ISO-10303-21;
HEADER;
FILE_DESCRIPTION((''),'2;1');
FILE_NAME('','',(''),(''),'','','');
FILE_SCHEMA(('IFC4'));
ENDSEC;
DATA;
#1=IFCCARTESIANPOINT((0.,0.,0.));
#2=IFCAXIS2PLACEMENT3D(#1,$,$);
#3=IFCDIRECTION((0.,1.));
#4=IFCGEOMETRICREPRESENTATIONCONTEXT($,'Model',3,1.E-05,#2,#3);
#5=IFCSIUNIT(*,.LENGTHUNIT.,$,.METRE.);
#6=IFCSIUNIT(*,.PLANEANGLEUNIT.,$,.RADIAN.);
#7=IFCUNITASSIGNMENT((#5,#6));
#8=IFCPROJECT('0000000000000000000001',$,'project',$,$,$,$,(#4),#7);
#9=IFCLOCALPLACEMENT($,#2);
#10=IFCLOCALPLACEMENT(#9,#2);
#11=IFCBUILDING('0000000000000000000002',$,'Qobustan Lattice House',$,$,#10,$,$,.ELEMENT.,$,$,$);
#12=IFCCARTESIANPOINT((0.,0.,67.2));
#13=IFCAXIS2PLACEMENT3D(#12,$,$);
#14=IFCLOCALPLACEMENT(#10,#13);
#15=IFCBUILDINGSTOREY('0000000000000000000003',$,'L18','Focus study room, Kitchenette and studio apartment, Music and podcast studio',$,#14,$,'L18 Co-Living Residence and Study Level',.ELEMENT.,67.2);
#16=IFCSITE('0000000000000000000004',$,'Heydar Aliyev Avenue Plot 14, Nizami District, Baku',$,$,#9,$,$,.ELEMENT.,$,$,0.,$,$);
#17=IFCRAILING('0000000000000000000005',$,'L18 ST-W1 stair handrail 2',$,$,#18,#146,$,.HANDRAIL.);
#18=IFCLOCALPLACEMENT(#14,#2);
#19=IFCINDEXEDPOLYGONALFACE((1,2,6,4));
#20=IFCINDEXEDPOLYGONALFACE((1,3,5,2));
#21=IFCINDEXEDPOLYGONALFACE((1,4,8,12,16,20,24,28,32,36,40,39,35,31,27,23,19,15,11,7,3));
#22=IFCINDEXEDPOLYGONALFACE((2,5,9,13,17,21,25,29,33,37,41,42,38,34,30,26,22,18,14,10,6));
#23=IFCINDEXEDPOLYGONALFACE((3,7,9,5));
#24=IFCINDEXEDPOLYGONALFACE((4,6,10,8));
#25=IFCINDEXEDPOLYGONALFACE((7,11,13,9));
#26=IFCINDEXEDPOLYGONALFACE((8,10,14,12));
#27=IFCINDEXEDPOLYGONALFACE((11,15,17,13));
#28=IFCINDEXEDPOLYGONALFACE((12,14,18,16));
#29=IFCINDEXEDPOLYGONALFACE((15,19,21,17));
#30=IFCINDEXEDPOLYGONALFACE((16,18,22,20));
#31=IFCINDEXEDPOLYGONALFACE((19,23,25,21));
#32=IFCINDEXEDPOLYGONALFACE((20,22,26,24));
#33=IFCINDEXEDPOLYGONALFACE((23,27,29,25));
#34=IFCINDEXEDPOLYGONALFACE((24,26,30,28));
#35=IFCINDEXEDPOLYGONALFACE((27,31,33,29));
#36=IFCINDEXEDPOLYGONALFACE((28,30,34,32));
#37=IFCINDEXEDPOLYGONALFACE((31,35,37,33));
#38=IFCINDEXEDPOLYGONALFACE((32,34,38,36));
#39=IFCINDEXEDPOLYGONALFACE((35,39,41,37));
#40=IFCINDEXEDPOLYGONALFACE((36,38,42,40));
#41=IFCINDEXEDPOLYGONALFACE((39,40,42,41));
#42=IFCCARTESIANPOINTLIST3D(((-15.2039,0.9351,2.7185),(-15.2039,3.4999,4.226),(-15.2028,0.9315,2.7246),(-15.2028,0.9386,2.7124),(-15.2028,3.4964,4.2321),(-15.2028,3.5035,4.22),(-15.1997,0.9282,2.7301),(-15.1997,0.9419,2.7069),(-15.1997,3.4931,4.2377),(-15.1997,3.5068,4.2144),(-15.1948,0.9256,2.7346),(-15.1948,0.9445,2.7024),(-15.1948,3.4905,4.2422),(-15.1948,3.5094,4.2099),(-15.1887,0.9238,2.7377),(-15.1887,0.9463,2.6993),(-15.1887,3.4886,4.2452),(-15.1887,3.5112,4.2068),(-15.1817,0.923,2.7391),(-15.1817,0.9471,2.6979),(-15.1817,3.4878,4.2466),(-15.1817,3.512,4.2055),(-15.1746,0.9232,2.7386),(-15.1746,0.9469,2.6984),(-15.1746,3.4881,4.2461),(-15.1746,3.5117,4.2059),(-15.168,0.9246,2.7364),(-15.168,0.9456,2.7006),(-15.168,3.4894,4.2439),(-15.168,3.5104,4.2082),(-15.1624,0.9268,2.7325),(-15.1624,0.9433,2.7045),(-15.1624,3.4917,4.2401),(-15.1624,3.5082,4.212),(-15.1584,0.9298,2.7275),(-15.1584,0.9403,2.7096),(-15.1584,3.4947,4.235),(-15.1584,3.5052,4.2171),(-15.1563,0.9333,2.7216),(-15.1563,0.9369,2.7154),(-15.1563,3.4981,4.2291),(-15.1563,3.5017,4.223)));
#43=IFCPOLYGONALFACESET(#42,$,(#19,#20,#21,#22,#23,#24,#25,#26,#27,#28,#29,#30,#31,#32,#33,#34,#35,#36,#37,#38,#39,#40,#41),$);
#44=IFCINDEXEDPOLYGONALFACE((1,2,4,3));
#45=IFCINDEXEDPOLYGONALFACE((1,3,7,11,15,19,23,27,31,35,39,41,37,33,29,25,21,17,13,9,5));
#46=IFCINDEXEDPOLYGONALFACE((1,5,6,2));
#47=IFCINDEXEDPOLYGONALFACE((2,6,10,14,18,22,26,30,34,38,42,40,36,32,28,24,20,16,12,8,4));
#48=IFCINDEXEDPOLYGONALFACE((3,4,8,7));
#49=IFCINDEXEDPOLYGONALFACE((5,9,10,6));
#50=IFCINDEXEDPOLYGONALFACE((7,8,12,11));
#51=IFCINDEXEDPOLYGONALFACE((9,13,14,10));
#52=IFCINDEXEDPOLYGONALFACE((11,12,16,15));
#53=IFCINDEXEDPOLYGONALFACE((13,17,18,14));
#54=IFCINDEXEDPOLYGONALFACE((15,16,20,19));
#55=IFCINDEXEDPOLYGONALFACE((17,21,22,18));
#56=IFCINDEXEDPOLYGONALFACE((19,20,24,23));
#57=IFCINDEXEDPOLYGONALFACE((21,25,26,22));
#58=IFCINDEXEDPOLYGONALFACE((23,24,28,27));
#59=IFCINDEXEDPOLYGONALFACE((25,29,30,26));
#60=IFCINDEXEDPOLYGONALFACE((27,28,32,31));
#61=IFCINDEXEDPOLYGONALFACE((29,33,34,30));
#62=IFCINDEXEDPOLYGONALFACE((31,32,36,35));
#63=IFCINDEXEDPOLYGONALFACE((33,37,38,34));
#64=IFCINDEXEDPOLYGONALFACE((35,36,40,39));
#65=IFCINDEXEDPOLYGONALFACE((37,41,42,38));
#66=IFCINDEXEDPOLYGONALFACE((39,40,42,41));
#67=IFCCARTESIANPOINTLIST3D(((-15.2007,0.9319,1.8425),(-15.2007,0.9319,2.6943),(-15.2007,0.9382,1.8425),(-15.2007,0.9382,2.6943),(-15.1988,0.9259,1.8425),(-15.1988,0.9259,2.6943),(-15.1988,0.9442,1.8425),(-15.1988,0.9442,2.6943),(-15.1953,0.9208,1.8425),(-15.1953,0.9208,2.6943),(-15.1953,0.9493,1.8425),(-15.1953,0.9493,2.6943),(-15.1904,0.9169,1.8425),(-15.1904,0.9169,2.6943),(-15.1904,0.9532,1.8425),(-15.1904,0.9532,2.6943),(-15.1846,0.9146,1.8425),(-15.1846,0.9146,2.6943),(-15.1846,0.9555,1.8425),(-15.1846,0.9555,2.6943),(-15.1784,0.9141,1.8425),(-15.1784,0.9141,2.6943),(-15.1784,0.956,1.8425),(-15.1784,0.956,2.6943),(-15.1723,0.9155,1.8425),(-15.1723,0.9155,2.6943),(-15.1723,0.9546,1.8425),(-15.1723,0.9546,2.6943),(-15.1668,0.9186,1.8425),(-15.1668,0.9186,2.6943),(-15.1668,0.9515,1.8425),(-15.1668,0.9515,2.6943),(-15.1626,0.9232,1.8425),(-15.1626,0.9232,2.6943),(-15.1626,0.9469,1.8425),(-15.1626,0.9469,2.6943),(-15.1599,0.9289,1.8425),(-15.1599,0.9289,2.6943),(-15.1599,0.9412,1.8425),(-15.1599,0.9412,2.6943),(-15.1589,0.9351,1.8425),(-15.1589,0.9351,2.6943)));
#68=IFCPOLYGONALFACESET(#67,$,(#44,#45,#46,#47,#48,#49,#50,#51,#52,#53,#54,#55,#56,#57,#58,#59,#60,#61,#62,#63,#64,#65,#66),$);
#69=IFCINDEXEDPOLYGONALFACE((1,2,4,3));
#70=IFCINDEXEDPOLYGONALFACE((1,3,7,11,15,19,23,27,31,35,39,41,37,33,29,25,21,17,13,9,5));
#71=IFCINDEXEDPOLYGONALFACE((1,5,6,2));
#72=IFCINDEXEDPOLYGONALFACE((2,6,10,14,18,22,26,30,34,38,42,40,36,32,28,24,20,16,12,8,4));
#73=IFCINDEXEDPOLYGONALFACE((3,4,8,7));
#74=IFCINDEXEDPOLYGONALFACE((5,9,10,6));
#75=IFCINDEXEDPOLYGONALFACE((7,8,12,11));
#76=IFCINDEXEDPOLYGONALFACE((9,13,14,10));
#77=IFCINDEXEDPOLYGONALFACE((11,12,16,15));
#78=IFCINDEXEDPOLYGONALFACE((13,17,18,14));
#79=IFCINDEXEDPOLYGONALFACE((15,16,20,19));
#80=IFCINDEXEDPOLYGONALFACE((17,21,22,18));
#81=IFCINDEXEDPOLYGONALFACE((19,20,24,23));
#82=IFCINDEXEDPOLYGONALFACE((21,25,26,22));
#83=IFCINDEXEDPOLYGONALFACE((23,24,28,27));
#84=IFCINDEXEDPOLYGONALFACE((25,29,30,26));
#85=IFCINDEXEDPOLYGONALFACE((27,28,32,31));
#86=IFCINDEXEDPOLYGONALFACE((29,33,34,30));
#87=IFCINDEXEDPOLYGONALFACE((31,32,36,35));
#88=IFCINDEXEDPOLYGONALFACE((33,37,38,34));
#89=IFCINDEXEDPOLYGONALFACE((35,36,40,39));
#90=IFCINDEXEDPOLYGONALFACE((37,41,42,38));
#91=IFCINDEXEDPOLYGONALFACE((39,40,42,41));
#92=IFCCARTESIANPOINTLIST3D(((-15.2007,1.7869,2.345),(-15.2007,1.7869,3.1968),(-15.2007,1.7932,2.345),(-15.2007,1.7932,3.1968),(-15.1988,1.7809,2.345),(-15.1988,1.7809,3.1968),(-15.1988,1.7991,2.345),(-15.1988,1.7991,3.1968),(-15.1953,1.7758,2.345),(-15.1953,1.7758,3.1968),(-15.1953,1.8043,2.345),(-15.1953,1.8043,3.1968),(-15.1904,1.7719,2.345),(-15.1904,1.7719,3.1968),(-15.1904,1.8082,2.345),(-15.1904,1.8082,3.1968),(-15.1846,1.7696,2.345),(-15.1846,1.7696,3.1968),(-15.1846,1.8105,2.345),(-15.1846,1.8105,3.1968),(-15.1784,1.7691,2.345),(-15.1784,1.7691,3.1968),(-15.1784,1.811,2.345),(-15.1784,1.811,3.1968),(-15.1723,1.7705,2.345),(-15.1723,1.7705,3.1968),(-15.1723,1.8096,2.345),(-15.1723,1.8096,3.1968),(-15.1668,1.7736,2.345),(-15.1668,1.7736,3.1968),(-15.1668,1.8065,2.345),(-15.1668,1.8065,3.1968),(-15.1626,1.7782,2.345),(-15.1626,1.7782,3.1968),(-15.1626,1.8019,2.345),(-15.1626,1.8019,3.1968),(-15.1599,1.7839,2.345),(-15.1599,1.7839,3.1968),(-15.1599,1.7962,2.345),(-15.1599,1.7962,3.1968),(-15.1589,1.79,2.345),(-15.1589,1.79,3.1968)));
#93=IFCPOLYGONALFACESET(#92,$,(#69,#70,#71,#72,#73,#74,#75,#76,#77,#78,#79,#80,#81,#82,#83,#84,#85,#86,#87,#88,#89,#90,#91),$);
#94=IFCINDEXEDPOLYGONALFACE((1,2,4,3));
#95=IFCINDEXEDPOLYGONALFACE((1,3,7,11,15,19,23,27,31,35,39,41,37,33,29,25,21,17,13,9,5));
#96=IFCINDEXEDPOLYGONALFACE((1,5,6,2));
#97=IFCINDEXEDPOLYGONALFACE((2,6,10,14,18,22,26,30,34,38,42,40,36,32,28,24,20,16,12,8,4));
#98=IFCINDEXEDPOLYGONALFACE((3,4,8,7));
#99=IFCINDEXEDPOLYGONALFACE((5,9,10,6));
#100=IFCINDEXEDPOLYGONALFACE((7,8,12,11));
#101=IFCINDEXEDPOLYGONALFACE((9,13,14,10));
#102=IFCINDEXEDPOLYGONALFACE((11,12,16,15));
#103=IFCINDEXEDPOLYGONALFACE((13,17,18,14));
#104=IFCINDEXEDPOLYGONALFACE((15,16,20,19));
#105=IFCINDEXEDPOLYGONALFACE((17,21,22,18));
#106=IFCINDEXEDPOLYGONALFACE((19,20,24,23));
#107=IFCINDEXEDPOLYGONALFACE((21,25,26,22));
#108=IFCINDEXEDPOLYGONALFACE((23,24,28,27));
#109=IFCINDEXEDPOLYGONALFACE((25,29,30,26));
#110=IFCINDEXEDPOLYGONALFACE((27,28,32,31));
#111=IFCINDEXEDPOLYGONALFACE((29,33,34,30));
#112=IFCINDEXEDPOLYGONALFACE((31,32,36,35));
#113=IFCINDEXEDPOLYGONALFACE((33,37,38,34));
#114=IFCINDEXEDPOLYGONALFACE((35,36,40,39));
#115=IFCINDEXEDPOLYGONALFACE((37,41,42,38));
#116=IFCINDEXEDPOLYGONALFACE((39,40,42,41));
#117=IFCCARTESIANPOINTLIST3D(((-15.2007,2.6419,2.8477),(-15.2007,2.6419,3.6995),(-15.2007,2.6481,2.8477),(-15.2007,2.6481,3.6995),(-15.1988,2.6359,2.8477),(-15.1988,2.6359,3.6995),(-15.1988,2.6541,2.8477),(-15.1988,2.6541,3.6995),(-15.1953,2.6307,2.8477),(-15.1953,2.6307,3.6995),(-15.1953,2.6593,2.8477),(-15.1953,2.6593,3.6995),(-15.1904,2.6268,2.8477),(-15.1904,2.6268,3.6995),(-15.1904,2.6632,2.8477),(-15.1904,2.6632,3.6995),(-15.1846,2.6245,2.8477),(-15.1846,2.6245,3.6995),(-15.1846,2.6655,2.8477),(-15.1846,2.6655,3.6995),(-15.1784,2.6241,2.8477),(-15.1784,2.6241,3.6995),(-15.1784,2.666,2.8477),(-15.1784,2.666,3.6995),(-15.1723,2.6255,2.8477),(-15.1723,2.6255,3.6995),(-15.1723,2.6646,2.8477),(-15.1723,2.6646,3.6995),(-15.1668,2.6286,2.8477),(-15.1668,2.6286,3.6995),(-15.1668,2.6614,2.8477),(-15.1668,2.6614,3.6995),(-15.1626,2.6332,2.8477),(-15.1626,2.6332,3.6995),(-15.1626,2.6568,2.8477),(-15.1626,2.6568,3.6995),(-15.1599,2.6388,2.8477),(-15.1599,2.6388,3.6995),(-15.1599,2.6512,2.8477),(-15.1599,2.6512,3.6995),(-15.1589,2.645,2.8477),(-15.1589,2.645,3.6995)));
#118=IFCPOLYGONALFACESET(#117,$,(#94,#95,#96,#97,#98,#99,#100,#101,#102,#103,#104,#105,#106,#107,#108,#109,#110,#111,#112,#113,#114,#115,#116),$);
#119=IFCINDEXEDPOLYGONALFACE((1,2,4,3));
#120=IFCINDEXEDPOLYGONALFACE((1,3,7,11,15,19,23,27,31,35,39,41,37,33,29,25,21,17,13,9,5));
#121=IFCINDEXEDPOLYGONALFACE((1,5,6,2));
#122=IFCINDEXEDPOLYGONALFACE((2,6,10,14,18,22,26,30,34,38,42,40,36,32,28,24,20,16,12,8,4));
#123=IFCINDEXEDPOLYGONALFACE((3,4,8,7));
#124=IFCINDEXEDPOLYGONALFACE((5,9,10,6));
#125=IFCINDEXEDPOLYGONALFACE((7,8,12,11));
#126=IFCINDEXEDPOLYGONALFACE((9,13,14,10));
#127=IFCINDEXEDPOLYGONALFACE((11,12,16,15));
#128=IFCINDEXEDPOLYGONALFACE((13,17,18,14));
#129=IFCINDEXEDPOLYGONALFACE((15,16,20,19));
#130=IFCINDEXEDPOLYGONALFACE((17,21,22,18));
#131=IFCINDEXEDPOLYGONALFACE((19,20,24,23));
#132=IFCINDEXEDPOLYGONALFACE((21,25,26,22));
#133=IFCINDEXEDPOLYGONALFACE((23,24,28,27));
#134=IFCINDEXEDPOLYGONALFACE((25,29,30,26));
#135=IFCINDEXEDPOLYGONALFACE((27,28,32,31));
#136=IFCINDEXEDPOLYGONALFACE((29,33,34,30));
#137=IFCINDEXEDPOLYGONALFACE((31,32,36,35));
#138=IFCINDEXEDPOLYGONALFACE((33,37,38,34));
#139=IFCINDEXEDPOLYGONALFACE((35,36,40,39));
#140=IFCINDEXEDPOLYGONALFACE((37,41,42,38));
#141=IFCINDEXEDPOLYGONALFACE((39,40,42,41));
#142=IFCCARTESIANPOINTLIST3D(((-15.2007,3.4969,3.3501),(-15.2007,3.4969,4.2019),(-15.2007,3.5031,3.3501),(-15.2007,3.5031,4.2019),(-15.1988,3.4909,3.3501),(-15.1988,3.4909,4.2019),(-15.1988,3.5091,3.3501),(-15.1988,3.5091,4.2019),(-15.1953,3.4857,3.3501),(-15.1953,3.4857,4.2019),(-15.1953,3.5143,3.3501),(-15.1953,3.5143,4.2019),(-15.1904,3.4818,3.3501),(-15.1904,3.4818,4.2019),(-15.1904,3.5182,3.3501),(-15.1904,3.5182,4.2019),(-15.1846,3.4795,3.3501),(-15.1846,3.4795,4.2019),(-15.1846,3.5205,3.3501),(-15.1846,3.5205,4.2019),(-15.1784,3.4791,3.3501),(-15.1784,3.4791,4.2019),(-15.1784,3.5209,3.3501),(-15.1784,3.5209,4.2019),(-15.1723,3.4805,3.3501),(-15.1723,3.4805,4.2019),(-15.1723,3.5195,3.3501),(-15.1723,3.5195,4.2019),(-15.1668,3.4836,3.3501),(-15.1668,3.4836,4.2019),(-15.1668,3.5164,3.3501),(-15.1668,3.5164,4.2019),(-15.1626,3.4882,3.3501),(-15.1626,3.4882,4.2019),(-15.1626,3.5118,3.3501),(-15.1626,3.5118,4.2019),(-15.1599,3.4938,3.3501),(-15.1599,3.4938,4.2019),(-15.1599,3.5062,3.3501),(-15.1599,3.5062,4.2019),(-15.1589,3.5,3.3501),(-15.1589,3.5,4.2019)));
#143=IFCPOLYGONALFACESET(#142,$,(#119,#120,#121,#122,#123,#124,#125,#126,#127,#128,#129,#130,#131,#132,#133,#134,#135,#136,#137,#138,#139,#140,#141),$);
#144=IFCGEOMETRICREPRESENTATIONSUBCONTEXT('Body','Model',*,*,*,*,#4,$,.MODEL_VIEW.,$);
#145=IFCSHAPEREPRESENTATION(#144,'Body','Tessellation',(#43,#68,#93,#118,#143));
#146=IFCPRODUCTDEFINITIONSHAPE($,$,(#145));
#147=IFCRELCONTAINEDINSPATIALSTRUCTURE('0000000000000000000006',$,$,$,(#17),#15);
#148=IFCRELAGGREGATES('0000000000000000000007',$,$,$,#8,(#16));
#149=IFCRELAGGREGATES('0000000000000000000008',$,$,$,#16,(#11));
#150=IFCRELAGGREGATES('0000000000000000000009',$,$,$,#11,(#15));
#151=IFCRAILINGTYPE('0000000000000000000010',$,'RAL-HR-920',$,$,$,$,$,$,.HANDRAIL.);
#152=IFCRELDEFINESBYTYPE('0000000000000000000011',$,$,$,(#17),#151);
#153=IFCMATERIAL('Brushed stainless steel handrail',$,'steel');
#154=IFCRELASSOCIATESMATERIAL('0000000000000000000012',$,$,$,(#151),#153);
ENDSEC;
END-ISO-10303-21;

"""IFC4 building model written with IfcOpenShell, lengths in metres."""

from ifc_helpers import new_model, si_unit, direction, frame, origin, origin_2d, place, context, subcontext, project, spatial, circle, extrude, material, type_object, element, save


model = new_model("IFC4")

# Units and contexts
model_context = context("Model", 3, precision=1e-05, world=origin(), true_north=direction((0.0, 1.0)))
body_context = subcontext(model_context, "Body", "Model", "MODEL_VIEW")
ifc_project = project(units=[si_unit("LENGTHUNIT", "METRE"), si_unit("PLANEANGLEUNIT", "RADIAN")], contexts=[model_context])

# Site, building, storey
site_placement = place(None, origin())
site = spatial("IfcSite", under=ifc_project, at=site_placement, Name="Heydar Aliyev Avenue Plot 14, Nizami District, Baku", CompositionType="ELEMENT", RefElevation=0.0)
building_placement = place(site_placement, origin())
building = spatial("IfcBuilding", under=site, at=building_placement, Name="Qobustan Lattice House", CompositionType="ELEMENT")
storey_placement = place(building_placement, frame((0.0, 0.0, 67.2)))
storey = spatial("IfcBuildingStorey", under=building, at=storey_placement, Name="L18", Description="Focus study room, Kitchenette and studio apartment, Music and podcast studio", LongName="L18 Co-Living Residence and Study Level", CompositionType="ELEMENT", Elevation=67.2)

# Railing
ifc_material_1 = material(Name="Brushed stainless steel handrail", Category="steel")
railing_type_1 = type_object("IfcRailingType", Name="RAL-HR-920", PredefinedType="HANDRAIL", material=ifc_material_1)
railing_1_placement = place(storey_placement, frame((-15.1799, 0.9351, 1.8425)))
element("IfcRailing", 1, at=railing_1_placement, inside=storey, type_object=railing_type_1, Name="L18 ST-W1 stair handrail 2", PredefinedType="HANDRAIL", context=body_context, shape_type="SweptSolid", body=[
    extrude(circle(Radius=0.0239, at=origin_2d()), frame((0.0, 0.0, 0.876), z_axis=(0.0, 0.862113, 0.506715), x_axis=(-1.0, 0.0, 0.0)), (0.0, 0.0, 1.0), 2.9751),
    extrude(circle(Radius=0.021, at=origin_2d()), origin(), (0.0, 0.0, 1.0), 0.8518),
    extrude(circle(Radius=0.021, at=origin_2d()), frame((0.0, 0.855, 0.5024)), (0.0, 0.0, 1.0), 0.8518),
    extrude(circle(Radius=0.021, at=origin_2d()), frame((0.0, 1.71, 1.0051)), (0.0, 0.0, 1.0), 0.8518),
    extrude(circle(Radius=0.021, at=origin_2d()), frame((0.0, 2.5649, 1.5076)), (0.0, 0.0, 1.0), 0.8518),
])

save(model, "model.ifc")
